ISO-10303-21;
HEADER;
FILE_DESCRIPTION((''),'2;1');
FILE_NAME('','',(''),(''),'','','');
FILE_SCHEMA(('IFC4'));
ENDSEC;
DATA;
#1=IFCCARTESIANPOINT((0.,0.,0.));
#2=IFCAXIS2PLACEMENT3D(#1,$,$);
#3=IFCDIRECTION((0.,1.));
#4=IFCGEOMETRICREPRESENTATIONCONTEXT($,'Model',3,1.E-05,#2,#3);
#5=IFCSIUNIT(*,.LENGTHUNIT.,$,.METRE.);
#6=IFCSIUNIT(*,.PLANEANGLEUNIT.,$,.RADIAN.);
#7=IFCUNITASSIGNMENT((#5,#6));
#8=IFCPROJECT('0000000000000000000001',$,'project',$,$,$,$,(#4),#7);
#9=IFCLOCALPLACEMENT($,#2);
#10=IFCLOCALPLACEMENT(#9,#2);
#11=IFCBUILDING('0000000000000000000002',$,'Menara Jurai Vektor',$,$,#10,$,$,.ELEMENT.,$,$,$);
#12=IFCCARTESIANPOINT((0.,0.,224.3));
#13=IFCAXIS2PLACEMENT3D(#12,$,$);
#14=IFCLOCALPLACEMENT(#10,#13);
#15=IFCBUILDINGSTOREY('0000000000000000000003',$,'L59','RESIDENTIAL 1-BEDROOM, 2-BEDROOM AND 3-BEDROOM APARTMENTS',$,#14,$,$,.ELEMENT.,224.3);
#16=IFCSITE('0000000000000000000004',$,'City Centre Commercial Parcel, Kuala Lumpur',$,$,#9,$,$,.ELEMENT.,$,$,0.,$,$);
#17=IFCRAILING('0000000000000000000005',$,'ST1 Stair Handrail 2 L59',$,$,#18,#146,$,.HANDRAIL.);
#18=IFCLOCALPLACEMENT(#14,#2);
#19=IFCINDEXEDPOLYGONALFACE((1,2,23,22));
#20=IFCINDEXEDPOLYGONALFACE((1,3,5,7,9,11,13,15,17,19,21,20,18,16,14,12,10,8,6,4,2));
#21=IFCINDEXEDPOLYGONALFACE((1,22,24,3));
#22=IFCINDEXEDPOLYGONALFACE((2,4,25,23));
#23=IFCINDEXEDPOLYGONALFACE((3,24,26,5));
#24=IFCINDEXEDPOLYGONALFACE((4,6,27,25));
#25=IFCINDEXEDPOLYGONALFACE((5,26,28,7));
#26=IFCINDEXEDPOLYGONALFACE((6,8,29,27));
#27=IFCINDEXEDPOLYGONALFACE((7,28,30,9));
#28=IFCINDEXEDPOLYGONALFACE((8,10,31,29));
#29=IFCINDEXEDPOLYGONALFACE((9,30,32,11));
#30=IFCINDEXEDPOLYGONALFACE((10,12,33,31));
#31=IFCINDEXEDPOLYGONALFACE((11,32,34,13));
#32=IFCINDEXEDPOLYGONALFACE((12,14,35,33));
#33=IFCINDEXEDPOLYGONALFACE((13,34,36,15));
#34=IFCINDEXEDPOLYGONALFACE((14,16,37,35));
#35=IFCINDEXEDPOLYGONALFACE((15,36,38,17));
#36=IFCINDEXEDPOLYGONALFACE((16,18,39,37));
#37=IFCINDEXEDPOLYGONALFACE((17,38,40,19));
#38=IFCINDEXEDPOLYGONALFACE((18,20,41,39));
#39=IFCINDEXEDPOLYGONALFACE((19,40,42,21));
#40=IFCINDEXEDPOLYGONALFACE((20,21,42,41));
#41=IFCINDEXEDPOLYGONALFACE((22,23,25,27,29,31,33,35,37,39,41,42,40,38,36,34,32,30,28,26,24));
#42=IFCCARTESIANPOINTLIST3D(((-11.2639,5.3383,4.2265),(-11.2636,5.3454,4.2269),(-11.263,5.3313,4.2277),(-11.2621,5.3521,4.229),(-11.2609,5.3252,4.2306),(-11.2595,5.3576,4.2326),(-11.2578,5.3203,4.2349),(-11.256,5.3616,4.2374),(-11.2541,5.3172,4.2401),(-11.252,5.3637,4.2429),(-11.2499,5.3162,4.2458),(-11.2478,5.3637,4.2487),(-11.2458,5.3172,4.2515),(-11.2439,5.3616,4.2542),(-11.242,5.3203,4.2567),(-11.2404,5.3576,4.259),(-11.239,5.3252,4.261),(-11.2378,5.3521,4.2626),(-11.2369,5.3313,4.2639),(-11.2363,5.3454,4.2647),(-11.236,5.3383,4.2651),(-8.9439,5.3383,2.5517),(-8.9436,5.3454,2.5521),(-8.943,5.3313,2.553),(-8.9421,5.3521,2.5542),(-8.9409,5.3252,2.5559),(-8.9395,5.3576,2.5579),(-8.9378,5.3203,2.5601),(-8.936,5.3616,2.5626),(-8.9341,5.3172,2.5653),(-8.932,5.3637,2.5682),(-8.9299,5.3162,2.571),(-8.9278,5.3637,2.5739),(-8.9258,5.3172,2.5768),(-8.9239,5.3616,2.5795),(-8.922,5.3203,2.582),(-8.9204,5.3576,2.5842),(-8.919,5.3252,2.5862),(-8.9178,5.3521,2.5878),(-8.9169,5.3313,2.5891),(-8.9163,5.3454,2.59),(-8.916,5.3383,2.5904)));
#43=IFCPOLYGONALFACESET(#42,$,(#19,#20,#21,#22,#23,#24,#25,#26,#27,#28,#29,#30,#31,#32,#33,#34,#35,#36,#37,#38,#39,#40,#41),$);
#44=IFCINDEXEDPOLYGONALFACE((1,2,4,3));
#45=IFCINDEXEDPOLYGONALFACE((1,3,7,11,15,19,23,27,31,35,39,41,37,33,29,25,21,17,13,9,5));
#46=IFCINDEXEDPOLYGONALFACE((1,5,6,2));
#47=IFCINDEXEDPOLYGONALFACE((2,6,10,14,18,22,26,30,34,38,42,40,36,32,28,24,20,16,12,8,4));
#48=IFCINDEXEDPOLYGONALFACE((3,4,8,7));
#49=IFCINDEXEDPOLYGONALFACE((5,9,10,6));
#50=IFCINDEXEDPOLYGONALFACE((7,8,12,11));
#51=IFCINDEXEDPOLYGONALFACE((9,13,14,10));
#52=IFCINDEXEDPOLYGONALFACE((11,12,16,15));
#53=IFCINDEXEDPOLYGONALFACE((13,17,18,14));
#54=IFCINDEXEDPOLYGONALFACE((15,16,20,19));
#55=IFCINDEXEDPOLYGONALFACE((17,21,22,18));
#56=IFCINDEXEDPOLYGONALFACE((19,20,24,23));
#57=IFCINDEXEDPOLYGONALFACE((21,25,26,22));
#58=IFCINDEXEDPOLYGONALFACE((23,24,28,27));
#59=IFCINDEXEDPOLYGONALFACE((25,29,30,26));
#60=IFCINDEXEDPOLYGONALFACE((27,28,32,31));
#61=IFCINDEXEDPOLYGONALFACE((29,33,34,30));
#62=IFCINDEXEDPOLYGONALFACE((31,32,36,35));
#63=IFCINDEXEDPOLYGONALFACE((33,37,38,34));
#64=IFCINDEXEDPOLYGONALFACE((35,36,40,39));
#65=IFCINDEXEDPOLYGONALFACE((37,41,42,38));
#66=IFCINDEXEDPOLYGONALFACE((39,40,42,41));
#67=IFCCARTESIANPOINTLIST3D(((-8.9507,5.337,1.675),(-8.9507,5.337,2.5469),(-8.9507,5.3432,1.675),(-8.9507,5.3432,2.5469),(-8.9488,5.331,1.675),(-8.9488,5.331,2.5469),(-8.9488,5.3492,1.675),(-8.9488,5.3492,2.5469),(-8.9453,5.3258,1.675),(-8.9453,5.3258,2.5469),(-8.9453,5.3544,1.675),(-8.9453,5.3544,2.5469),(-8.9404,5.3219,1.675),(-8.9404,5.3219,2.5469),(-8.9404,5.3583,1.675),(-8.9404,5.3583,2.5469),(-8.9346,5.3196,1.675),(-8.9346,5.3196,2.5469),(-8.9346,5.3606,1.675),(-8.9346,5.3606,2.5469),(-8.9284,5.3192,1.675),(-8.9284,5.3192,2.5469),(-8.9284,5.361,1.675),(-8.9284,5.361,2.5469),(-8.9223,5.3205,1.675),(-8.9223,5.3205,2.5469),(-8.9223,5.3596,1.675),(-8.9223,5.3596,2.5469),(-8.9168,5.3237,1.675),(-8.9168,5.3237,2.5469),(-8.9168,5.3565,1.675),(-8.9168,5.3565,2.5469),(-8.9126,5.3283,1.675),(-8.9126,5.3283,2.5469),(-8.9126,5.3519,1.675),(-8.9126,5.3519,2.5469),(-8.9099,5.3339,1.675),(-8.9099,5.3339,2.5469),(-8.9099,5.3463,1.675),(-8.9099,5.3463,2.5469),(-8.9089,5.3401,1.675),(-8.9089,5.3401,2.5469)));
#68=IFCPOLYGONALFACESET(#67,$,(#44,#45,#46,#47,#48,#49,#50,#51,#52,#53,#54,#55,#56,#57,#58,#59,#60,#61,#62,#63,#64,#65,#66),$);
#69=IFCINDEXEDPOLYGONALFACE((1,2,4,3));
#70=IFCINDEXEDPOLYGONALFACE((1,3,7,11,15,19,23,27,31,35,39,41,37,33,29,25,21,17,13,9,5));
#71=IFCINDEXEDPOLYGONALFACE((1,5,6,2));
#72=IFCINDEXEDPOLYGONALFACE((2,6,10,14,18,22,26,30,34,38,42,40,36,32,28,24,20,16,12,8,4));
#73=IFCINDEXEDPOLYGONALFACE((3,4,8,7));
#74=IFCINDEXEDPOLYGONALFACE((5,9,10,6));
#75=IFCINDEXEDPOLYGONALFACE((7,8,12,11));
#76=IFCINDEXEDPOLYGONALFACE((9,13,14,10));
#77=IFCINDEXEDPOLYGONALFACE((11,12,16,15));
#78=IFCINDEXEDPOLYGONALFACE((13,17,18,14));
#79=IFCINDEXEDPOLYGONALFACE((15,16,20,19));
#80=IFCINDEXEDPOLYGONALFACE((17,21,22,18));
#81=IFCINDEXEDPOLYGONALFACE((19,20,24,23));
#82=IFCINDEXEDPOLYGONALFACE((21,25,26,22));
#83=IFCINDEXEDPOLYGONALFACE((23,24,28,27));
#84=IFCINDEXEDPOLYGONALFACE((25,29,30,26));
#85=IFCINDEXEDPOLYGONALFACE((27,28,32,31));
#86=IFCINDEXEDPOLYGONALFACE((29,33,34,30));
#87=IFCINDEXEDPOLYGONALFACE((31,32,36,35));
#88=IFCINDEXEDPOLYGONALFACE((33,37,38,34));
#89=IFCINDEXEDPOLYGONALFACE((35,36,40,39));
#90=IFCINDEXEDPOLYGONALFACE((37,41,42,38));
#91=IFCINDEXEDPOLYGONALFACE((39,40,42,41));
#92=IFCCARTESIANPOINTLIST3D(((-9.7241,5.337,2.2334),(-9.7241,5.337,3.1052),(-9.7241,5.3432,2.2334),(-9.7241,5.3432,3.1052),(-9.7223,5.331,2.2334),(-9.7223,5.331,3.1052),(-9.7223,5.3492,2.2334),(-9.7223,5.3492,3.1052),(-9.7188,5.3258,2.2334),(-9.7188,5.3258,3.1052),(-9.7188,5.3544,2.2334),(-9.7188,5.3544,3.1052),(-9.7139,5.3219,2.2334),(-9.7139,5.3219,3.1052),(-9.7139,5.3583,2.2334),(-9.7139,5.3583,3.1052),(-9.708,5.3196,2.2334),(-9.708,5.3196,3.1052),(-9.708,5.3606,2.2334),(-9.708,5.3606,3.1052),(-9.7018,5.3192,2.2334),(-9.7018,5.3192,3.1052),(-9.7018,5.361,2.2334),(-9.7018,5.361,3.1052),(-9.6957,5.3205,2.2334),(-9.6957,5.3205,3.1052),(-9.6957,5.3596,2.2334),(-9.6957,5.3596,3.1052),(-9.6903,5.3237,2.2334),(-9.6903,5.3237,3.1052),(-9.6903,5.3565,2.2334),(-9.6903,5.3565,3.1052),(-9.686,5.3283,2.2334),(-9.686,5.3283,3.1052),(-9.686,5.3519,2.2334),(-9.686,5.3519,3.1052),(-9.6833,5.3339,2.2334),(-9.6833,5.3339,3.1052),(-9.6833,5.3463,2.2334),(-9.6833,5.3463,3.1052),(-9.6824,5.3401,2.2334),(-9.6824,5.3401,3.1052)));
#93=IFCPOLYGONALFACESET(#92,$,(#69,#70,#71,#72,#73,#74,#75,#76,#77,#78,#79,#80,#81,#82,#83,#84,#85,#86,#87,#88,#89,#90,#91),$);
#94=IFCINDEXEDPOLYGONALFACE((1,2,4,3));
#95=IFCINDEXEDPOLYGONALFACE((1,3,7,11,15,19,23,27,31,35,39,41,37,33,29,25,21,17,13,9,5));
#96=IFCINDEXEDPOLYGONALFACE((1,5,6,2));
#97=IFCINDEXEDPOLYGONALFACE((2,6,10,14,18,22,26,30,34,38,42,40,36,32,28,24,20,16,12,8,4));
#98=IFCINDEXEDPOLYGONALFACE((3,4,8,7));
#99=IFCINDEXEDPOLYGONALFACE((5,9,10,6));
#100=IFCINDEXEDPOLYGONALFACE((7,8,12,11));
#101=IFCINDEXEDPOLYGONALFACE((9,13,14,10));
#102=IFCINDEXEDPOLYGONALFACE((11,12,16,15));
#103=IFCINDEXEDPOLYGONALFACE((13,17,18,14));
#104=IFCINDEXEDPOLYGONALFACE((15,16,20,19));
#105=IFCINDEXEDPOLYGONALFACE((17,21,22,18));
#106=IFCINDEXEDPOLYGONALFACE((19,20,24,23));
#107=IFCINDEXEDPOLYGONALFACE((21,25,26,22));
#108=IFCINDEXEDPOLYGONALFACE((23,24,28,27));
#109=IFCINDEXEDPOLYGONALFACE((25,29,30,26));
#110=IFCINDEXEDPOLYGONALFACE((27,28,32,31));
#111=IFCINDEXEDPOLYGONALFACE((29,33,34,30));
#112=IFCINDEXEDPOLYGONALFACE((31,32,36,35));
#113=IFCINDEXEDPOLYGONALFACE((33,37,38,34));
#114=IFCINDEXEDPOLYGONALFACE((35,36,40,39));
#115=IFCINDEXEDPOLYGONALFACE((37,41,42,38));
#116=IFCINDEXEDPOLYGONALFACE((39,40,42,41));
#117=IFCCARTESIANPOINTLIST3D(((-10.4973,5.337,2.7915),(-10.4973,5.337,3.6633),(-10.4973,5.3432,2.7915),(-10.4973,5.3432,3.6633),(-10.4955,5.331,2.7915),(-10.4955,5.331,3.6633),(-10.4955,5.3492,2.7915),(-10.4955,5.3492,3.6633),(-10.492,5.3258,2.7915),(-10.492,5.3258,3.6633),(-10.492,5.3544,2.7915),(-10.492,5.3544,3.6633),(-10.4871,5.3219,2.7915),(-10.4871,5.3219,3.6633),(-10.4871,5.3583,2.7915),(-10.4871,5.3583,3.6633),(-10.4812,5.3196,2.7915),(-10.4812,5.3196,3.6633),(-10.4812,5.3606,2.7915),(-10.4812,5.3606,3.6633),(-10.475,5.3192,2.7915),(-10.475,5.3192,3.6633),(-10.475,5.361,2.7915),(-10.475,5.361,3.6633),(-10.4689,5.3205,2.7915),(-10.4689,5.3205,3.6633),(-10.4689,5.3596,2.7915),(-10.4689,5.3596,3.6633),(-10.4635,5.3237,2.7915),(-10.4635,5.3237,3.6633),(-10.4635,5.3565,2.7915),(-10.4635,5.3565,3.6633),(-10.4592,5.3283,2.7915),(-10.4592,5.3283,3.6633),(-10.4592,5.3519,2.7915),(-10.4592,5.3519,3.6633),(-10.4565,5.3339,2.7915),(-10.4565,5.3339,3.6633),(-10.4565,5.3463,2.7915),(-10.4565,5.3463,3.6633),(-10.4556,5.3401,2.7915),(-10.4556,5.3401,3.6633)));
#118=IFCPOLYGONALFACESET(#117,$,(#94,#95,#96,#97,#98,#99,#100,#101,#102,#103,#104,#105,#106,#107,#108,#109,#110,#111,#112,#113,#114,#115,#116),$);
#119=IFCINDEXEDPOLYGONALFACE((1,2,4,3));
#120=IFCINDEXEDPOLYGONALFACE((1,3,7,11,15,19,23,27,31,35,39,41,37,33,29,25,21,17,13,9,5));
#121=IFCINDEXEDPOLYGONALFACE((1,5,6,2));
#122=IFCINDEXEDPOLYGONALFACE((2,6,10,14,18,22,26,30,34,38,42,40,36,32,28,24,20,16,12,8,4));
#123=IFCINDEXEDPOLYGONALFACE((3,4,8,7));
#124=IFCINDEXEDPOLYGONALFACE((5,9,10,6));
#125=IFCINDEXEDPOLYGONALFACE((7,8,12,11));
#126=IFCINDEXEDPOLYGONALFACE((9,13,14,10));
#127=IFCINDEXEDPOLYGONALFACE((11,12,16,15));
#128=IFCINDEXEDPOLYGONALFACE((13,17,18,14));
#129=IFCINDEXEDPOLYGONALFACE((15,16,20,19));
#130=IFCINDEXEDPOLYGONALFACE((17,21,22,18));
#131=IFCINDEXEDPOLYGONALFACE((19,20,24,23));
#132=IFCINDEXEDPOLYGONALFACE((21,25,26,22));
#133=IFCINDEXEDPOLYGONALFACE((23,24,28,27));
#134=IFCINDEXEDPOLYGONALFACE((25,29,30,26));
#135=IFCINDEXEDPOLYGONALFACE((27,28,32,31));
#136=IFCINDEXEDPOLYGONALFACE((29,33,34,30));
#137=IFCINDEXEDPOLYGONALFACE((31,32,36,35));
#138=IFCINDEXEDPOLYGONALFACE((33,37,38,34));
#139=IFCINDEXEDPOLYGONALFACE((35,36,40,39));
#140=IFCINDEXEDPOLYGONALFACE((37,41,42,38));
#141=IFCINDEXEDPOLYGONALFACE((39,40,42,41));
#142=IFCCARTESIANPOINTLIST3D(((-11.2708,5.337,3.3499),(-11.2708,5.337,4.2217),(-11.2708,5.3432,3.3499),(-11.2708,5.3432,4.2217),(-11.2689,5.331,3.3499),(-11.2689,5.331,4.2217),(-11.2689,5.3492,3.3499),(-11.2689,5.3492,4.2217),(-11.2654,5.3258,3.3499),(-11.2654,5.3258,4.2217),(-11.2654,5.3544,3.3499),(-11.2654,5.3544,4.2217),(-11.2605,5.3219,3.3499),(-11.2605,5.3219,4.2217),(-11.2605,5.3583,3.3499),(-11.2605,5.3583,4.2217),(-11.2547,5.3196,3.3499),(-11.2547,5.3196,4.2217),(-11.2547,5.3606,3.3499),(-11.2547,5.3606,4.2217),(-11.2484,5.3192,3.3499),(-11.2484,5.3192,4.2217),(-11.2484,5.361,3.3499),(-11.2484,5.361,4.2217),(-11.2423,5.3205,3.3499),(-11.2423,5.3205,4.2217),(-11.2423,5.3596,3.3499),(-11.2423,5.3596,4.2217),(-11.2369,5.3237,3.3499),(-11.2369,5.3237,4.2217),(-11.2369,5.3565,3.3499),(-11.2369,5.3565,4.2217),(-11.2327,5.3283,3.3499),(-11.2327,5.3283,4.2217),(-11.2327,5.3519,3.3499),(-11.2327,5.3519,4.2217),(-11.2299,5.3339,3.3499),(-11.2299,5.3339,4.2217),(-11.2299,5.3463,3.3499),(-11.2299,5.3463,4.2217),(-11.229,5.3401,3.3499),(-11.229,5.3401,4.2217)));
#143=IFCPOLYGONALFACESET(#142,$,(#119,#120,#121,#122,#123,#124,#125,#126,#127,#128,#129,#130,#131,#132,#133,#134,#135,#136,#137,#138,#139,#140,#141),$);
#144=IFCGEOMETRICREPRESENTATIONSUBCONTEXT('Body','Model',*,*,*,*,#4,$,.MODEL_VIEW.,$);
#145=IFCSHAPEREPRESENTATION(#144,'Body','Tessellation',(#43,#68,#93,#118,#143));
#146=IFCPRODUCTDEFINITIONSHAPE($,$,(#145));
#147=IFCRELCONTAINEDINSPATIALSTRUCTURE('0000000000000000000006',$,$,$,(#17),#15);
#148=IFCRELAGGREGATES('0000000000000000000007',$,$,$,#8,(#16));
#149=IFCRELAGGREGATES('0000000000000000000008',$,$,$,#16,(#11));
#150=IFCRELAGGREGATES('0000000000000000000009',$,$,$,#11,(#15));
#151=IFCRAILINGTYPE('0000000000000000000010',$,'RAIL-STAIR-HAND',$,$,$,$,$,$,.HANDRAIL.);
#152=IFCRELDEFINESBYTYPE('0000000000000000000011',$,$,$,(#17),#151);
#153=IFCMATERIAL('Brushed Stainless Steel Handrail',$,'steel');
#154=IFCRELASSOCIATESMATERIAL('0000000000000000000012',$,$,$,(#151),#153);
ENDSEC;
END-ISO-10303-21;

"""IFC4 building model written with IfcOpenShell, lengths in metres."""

from ifc_helpers import new_model, si_unit, direction, frame, origin, origin_2d, place, context, subcontext, project, spatial, circle, extrude, material, type_object, element, save


model = new_model("IFC4")

# Units and contexts
model_context = context("Model", 3, precision=1e-05, world=origin(), true_north=direction((0.0, 1.0)))
body_context = subcontext(model_context, "Body", "Model", "MODEL_VIEW")
ifc_project = project(units=[si_unit("LENGTHUNIT", "METRE"), si_unit("PLANEANGLEUNIT", "RADIAN")], contexts=[model_context])

# Site, building, storey
site_placement = place(None, origin())
site = spatial("IfcSite", under=ifc_project, at=site_placement, Name="City Centre Commercial Parcel, Kuala Lumpur", CompositionType="ELEMENT", RefElevation=0.0)
building_placement = place(site_placement, origin())
building = spatial("IfcBuilding", under=site, at=building_placement, Name="Menara Jurai Vektor", CompositionType="ELEMENT")
storey_placement = place(building_placement, frame((0.0, 0.0, 224.3)))
storey = spatial("IfcBuildingStorey", under=building, at=storey_placement, Name="L59", Description="RESIDENTIAL 1-BEDROOM, 2-BEDROOM AND 3-BEDROOM APARTMENTS", CompositionType="ELEMENT", Elevation=224.3)

# Railing
ifc_material_1 = material(Name="Brushed Stainless Steel Handrail", Category="steel")
railing_type_1 = type_object("IfcRailingType", Name="RAIL-STAIR-HAND", PredefinedType="HANDRAIL", material=ifc_material_1)
railing_1_placement = place(storey_placement, frame((-8.9299, 5.3401, 1.675)))
element("IfcRailing", 1, at=railing_1_placement, inside=storey, type_object=railing_type_1, Name="ST1 Stair Handrail 2 L59", PredefinedType="HANDRAIL", context=body_context, shape_type="SweptSolid", body=[
    extrude(circle(Radius=0.0239, at=origin_2d()), frame((0.0, 0.0, 0.896), z_axis=(-0.810812, 0.0, 0.585307), x_axis=(0.0, -1.0, 0.0)), (0.0, 0.0, 1.0), 2.8613),
    extrude(circle(Radius=0.021, at=origin_2d()), origin(), (0.0, 0.0, 1.0), 0.8718),
    extrude(circle(Radius=0.021, at=origin_2d()), frame((-0.7734, 0.0, 0.5583)), (0.0, 0.0, 1.0), 0.8718),
    extrude(circle(Radius=0.021, at=origin_2d()), frame((-1.5466, 0.0, 1.1165)), (0.0, 0.0, 1.0), 0.8718),
    extrude(circle(Radius=0.021, at=origin_2d()), frame((-2.3201, 0.0, 1.6748)), (0.0, 0.0, 1.0), 0.8718),
])

save(model, "model.ifc")
